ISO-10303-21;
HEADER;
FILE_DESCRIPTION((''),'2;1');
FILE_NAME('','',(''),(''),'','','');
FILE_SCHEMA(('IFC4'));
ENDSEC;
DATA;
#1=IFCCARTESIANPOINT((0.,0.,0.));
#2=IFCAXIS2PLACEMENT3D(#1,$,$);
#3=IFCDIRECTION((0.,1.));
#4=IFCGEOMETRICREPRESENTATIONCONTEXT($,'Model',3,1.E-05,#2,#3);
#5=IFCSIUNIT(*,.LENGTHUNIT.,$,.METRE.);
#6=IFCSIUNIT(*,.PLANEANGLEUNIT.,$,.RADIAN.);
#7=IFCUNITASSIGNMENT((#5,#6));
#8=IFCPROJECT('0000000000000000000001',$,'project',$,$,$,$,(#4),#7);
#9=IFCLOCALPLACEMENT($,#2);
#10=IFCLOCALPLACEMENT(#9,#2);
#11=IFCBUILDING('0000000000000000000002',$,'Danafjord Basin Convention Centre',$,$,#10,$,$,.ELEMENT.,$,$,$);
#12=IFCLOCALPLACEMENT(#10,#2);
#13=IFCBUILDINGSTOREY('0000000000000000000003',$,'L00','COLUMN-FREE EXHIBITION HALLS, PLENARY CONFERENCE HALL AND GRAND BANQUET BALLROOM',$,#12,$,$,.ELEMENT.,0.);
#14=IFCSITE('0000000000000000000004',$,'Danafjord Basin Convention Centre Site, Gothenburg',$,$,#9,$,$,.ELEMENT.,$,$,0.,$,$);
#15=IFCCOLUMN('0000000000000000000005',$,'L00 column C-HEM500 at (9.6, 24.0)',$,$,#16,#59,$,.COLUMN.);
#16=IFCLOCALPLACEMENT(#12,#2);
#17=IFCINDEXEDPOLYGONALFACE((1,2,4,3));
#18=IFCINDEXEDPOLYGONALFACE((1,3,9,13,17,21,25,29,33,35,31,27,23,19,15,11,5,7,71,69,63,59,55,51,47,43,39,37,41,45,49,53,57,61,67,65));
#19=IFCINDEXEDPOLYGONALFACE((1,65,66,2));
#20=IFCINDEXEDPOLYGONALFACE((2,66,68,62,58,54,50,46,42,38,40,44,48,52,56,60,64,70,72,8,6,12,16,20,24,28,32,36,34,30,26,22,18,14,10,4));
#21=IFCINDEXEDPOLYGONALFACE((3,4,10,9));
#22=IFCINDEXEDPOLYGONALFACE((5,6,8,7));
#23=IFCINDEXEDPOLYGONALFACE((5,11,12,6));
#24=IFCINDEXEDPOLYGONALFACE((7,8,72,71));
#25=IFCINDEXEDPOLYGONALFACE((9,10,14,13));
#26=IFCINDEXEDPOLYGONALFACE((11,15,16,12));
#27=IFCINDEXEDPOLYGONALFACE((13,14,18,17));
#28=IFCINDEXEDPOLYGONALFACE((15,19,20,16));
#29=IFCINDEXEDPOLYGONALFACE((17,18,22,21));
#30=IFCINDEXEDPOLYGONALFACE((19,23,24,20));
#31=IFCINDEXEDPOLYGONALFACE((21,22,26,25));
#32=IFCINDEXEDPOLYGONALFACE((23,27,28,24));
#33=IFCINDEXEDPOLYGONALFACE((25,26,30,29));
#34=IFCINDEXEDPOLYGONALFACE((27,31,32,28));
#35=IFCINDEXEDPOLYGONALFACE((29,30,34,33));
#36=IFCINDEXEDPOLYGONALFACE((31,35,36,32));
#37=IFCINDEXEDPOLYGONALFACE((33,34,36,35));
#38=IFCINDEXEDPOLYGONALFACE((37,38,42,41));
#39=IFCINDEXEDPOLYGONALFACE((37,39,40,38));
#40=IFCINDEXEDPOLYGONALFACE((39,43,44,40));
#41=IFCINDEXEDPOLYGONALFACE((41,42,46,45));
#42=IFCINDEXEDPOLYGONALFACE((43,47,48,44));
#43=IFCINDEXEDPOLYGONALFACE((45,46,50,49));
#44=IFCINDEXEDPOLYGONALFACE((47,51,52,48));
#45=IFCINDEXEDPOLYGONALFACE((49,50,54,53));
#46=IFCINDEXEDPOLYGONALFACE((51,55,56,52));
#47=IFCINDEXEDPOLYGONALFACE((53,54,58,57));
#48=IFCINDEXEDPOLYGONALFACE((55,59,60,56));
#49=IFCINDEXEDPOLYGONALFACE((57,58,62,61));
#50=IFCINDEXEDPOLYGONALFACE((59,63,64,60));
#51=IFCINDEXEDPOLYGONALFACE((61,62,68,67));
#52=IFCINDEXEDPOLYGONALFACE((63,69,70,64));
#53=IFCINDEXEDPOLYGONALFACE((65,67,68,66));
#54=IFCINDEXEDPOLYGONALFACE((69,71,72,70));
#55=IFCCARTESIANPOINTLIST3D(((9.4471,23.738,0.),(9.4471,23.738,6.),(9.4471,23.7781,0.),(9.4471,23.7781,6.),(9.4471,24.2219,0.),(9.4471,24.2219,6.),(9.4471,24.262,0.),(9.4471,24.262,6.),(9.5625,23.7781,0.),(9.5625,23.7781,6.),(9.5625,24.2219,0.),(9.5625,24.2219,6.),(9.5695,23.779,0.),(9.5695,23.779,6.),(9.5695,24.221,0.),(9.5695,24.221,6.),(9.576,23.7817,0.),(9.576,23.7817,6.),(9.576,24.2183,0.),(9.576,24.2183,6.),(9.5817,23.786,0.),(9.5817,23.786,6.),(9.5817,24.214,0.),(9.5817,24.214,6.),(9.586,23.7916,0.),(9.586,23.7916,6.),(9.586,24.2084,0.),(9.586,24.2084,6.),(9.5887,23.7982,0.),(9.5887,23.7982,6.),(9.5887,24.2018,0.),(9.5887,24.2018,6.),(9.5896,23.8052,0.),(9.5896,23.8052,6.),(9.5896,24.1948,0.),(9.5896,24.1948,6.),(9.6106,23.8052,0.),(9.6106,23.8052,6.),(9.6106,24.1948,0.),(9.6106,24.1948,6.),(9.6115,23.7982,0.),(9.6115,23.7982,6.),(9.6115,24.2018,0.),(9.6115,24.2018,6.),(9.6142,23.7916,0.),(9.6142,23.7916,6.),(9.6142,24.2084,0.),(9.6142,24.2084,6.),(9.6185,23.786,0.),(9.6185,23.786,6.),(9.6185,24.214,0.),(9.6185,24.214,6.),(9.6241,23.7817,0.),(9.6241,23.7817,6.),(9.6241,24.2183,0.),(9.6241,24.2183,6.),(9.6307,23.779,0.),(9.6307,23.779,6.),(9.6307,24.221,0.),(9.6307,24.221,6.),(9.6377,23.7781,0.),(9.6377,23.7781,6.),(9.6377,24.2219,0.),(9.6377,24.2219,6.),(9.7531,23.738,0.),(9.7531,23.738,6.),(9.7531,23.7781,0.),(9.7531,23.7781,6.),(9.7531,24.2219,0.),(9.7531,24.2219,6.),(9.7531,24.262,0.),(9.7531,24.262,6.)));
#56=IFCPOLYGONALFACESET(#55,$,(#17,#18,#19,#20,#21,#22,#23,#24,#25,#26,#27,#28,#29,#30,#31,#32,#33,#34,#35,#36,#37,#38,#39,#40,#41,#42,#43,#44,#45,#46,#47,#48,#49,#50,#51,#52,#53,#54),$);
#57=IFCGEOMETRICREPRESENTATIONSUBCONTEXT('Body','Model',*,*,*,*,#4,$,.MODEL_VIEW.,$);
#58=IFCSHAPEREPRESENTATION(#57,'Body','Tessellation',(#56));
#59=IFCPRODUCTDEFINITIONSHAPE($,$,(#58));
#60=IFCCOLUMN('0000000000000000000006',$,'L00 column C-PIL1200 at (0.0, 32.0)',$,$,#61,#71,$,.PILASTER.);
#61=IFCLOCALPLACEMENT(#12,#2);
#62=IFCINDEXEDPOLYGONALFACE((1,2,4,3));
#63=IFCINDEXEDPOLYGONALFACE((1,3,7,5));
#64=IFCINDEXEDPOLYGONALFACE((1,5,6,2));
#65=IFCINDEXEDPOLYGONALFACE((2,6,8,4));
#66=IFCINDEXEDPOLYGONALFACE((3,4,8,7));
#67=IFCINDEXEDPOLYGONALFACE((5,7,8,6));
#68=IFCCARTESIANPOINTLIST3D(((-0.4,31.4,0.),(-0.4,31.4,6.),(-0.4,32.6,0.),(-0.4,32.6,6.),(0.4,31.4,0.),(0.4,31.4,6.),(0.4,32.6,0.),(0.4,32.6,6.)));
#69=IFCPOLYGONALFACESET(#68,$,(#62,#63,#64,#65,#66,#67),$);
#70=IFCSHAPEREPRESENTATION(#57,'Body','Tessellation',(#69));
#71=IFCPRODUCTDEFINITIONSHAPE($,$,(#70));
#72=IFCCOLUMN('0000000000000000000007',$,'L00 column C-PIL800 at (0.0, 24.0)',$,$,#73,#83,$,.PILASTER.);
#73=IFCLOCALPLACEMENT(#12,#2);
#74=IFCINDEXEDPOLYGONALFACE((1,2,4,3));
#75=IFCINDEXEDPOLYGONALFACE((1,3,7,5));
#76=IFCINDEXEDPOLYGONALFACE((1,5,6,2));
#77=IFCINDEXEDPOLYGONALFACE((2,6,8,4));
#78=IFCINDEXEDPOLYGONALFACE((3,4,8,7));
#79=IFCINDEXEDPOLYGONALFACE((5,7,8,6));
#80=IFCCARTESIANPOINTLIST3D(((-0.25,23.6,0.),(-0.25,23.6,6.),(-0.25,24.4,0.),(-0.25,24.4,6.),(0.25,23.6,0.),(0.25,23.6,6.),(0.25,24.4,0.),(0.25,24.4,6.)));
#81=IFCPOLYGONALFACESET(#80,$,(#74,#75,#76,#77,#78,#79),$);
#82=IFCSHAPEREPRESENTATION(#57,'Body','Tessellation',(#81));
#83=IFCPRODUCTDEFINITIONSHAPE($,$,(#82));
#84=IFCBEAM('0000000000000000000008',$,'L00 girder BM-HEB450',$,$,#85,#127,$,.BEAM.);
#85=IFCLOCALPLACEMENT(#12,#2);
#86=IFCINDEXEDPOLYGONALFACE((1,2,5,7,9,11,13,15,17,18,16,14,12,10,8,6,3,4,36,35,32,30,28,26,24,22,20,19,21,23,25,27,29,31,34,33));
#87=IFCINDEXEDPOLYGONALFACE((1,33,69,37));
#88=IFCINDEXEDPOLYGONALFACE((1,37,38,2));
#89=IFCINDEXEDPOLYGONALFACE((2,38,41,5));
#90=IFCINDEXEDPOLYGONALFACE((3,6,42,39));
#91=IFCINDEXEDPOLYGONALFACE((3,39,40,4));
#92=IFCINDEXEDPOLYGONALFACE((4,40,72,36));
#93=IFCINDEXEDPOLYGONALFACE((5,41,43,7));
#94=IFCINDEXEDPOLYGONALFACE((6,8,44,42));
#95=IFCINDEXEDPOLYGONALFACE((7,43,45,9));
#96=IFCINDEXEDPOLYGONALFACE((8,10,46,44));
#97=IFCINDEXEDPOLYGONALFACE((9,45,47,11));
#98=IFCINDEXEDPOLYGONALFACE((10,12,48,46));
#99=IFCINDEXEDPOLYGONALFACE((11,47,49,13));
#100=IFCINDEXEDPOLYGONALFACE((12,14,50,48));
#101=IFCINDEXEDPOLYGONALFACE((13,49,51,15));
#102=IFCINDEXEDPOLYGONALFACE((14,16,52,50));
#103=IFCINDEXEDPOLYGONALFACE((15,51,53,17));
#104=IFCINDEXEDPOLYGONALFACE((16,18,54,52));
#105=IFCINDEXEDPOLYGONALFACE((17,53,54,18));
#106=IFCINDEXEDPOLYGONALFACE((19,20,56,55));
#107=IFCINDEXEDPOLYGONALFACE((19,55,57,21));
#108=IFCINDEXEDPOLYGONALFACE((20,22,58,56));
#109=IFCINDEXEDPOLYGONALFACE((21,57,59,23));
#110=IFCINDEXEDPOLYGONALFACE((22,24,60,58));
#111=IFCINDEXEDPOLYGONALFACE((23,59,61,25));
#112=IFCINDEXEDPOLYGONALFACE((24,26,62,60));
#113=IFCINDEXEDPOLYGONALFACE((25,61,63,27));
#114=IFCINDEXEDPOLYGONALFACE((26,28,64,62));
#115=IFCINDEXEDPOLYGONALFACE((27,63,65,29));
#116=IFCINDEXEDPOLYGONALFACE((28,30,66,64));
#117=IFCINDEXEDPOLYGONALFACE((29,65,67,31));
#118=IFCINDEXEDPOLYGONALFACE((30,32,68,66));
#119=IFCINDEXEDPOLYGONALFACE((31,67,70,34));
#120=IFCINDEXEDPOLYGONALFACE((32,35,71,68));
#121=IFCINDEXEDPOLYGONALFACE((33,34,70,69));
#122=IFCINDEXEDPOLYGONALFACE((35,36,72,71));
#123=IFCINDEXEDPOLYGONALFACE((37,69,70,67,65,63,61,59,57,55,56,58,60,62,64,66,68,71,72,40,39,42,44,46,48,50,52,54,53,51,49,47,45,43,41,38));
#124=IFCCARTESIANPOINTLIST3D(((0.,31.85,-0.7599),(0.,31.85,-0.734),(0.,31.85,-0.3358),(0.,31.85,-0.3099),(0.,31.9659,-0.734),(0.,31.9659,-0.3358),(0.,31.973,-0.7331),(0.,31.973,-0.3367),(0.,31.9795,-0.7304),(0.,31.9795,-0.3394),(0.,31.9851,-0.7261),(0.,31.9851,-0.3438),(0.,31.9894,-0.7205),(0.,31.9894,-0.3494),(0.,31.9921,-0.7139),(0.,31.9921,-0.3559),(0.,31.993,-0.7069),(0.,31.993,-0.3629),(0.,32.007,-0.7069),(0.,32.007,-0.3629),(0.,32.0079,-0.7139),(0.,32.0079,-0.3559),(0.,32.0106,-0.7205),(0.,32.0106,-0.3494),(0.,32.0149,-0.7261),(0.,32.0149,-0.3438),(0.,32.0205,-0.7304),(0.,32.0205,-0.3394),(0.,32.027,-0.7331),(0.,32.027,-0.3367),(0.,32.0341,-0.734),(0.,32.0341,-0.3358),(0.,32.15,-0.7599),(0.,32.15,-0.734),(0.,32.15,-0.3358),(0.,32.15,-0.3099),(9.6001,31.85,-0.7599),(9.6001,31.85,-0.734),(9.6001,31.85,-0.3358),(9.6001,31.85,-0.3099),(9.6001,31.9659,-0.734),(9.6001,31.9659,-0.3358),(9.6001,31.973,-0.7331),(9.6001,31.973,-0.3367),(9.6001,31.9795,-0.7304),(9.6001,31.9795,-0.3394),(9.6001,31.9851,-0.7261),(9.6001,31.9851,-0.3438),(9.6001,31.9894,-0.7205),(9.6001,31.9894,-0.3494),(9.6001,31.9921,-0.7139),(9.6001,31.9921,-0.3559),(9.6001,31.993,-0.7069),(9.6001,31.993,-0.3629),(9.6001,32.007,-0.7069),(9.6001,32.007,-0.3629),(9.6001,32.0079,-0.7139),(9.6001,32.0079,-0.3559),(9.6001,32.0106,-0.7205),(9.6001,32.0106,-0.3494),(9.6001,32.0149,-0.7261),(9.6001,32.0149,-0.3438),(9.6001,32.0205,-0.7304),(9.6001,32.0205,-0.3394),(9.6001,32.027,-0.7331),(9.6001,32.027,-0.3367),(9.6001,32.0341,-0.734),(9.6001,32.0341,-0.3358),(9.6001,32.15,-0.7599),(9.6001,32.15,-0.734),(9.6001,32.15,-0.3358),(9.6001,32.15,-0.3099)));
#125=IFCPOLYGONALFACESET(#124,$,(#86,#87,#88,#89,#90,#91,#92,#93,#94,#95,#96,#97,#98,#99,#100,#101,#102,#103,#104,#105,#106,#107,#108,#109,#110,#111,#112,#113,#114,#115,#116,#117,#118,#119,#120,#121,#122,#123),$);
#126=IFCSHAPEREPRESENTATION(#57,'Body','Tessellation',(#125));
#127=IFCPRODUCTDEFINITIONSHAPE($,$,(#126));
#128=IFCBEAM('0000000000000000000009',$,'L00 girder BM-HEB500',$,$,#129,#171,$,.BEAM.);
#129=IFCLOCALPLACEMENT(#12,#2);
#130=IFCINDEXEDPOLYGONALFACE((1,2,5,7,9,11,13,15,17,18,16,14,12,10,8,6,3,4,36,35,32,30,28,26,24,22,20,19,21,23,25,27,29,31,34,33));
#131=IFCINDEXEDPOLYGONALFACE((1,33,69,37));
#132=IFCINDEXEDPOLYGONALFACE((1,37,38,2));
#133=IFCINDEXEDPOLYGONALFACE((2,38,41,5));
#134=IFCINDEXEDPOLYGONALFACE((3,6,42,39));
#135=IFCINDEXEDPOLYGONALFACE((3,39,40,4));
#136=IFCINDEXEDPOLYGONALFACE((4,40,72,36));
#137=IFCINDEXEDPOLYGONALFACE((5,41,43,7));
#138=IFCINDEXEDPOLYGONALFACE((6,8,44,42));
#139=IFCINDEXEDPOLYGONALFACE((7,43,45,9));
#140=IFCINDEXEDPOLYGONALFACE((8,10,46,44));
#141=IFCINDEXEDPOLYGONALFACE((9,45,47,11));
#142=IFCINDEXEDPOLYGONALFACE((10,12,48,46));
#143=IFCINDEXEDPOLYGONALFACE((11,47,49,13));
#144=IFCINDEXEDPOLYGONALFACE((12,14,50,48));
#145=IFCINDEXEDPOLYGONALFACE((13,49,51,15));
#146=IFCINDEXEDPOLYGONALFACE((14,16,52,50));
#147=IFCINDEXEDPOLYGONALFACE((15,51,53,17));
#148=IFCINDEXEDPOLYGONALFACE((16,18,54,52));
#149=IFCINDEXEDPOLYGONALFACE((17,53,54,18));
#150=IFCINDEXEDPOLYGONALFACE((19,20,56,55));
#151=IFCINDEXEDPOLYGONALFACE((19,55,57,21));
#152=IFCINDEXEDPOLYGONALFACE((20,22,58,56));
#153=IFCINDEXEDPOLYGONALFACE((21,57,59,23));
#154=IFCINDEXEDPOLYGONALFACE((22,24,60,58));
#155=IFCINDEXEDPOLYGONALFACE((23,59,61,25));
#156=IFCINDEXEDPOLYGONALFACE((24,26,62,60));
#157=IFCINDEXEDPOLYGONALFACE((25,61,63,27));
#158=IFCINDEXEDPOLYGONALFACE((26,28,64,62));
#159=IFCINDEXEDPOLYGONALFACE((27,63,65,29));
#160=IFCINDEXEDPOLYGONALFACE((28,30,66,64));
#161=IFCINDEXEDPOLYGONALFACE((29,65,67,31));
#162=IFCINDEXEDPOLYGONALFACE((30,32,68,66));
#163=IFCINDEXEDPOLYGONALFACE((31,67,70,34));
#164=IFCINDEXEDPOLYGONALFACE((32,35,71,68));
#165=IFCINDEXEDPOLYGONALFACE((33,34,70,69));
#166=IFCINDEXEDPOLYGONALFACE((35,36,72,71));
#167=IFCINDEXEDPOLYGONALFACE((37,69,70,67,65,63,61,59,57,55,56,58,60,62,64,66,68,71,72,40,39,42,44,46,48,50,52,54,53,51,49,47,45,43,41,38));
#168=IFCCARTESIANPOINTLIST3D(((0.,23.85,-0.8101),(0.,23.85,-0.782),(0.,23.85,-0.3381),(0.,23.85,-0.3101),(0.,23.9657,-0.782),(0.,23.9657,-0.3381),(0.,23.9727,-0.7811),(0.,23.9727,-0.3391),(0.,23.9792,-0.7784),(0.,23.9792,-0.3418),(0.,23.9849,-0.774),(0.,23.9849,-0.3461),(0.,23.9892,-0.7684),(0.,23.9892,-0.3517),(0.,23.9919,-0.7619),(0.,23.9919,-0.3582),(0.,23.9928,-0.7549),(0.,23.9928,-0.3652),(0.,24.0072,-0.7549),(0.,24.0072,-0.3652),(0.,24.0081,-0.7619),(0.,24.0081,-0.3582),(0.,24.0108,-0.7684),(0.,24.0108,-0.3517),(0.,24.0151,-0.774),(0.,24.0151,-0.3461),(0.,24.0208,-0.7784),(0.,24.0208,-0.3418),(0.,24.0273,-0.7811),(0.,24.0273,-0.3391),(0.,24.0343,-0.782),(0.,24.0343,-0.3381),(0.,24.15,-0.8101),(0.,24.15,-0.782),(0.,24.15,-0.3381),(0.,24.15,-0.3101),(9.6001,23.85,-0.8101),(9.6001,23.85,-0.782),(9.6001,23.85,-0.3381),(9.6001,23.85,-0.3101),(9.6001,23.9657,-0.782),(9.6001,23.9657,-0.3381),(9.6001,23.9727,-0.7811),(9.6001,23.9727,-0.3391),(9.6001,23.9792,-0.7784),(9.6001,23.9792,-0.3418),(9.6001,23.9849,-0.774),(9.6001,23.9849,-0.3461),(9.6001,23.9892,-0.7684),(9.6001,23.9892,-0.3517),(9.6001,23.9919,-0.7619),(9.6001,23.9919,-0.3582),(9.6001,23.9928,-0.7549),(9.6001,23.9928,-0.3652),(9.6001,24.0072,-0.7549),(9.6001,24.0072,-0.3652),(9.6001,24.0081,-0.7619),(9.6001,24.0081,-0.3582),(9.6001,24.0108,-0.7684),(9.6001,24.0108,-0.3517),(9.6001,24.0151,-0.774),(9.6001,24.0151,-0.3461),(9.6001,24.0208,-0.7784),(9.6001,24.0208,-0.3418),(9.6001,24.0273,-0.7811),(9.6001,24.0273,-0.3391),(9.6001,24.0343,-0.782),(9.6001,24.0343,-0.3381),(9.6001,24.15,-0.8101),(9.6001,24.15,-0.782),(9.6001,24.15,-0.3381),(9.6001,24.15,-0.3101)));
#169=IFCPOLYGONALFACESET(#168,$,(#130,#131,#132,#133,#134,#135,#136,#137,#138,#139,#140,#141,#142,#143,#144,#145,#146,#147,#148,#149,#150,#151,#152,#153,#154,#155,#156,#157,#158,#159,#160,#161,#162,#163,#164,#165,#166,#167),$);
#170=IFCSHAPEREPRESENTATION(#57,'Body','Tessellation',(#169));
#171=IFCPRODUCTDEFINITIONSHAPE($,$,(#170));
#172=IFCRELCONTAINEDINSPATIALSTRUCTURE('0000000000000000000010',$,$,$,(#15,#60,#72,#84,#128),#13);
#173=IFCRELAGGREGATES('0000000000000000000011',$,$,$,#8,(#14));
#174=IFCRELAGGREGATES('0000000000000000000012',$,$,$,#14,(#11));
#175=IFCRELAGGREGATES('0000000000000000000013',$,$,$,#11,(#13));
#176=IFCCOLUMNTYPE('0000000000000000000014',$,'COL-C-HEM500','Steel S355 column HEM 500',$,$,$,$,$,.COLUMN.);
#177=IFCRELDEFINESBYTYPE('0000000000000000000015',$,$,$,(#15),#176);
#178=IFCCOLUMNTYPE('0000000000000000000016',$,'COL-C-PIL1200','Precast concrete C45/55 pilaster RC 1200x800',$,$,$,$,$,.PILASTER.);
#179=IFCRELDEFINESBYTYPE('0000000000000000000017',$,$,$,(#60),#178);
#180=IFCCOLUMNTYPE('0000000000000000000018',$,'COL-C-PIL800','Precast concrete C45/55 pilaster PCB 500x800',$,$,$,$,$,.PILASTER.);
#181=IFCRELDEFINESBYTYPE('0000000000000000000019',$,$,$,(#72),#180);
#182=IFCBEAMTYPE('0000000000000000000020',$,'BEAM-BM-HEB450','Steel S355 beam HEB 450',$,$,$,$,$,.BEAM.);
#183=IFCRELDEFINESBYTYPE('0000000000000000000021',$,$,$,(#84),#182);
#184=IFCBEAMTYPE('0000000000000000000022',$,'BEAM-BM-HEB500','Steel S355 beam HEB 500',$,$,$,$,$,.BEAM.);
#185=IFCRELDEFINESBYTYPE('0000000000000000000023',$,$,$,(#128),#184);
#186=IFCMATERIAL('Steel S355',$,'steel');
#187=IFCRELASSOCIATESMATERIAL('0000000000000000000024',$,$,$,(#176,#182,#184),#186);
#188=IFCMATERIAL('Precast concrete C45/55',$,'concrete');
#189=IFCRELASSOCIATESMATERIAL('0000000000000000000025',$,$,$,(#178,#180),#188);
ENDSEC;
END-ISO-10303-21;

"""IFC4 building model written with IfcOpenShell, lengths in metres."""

from ifc_helpers import new_model, si_unit, direction, frame, origin, origin_2d, place, context, subcontext, project, spatial, rectangle, i_section, extrude, material, material_profile, profile_set, type_object, element, save


model = new_model("IFC4")

# Units and contexts
model_context = context("Model", 3, precision=1e-05, world=origin(), true_north=direction((0.0, 1.0)))
body_context = subcontext(model_context, "Body", "Model", "MODEL_VIEW")
ifc_project = project(units=[si_unit("LENGTHUNIT", "METRE"), si_unit("PLANEANGLEUNIT", "RADIAN")], contexts=[model_context])

# Site, building, storey
site_placement = place(None, origin())
site = spatial("IfcSite", under=ifc_project, at=site_placement, Name="Danafjord Basin Convention Centre Site, Gothenburg", CompositionType="ELEMENT", RefElevation=0.0)
building_placement = place(site_placement, origin())
building = spatial("IfcBuilding", under=site, at=building_placement, Name="Danafjord Basin Convention Centre", CompositionType="ELEMENT")
storey_placement = place(building_placement, origin())
storey = spatial("IfcBuildingStorey", under=building, at=storey_placement, Name="L00", Description="COLUMN-FREE EXHIBITION HALLS, PLENARY CONFERENCE HALL AND GRAND BANQUET BALLROOM", CompositionType="ELEMENT", Elevation=0.0)

# Columns
ifc_material_1 = material(Name="Steel S355", Category="steel")
ifc_material_profile_1 = material_profile(ifc_material_1, i_section(OverallWidth=0.3059, OverallDepth=0.5239, WebThickness=0.021, FlangeThickness=0.04, FilletRadius=0.0271, at=origin_2d()), Name="HEM 500")
ifc_profile_set_1 = profile_set([ifc_material_profile_1], Name="Steel S355")
column_type_1 = type_object("IfcColumnType", Name="COL-C-HEM500", Description="Steel S355 column HEM 500", PredefinedType="COLUMN", material=ifc_profile_set_1)
column_1_placement = place(storey_placement, frame((9.6001, 24.0, 0.0), z_axis=(0.0, 0.0, 1.0), x_axis=(1.0, 0.0, 0.0)))
element("IfcColumn", 1, at=column_1_placement, inside=storey, type_object=column_type_1, Name="L00 column C-HEM500 at (9.6, 24.0)", PredefinedType="COLUMN", context=body_context, shape_type="SweptSolid", body=[
    extrude(i_section(OverallWidth=0.3059, OverallDepth=0.5239, WebThickness=0.021, FlangeThickness=0.04, FilletRadius=0.0271, at=origin_2d()), origin(), (0.0, 0.0, 1.0), 6.0),
])
ifc_material_2 = material(Name="Precast concrete C45/55", Category="concrete")
ifc_material_profile_2 = material_profile(ifc_material_2, rectangle(XDim=0.8, YDim=1.2, at=origin_2d()), Name="RC 1200x800")
ifc_profile_set_2 = profile_set([ifc_material_profile_2], Name="Precast concrete C45/55")
column_type_2 = type_object("IfcColumnType", Name="COL-C-PIL1200", Description="Precast concrete C45/55 pilaster RC 1200x800", PredefinedType="PILASTER", material=ifc_profile_set_2)
column_2_placement = place(storey_placement, frame((0.0, 32.0, 0.0), z_axis=(0.0, 0.0, 1.0), x_axis=(1.0, 0.0, 0.0)))
element("IfcColumn", 2, at=column_2_placement, inside=storey, type_object=column_type_2, Name="L00 column C-PIL1200 at (0.0, 32.0)", PredefinedType="PILASTER", context=body_context, shape_type="SweptSolid", body=[
    extrude(rectangle(XDim=0.8, YDim=1.2, at=origin_2d()), origin(), (0.0, 0.0, 1.0), 6.0),
])
ifc_material_profile_3 = material_profile(ifc_material_2, rectangle(XDim=0.5, YDim=0.8, at=origin_2d()), Name="PCB 500x800")
ifc_profile_set_3 = profile_set([ifc_material_profile_3], Name="Precast concrete C45/55")
column_type_3 = type_object("IfcColumnType", Name="COL-C-PIL800", Description="Precast concrete C45/55 pilaster PCB 500x800", PredefinedType="PILASTER", material=ifc_profile_set_3)
column_3_placement = place(storey_placement, frame((0.0, 24.0, 0.0), z_axis=(0.0, 0.0, 1.0), x_axis=(1.0, 0.0, 0.0)))
element("IfcColumn", 3, at=column_3_placement, inside=storey, type_object=column_type_3, Name="L00 column C-PIL800 at (0.0, 24.0)", PredefinedType="PILASTER", context=body_context, shape_type="SweptSolid", body=[
    extrude(rectangle(XDim=0.5, YDim=0.8, at=origin_2d()), origin(), (0.0, 0.0, 1.0), 6.0),
])

# Beams
ifc_material_profile_4 = material_profile(ifc_material_1, i_section(OverallWidth=0.3, OverallDepth=0.45, WebThickness=0.0139, FlangeThickness=0.0259, FilletRadius=0.0271, at=origin_2d()), Name="HEB 450")
ifc_profile_set_4 = profile_set([ifc_material_profile_4], Name="Steel S355")
beam_type_1 = type_object("IfcBeamType", Name="BEAM-BM-HEB450", Description="Steel S355 beam HEB 450", PredefinedType="BEAM", material=ifc_profile_set_4)
beam_1_placement = place(storey_placement, frame((0.0, 32.0, -0.5349), z_axis=(1.0, 0.0, 0.0), x_axis=(0.0, 1.0, 0.0)))
element("IfcBeam", 4, at=beam_1_placement, inside=storey, type_object=beam_type_1, Name="L00 girder BM-HEB450", PredefinedType="BEAM", context=body_context, shape_type="SweptSolid", body=[
    extrude(i_section(OverallWidth=0.3, OverallDepth=0.45, WebThickness=0.0139, FlangeThickness=0.0259, FilletRadius=0.0271, at=origin_2d()), origin(), (0.0, 0.0, 1.0), 9.6001),
])
ifc_material_profile_5 = material_profile(ifc_material_1, i_section(OverallWidth=0.3, OverallDepth=0.5, WebThickness=0.0144, FlangeThickness=0.0281, FilletRadius=0.0271, at=origin_2d()), Name="HEB 500")
ifc_profile_set_5 = profile_set([ifc_material_profile_5], Name="Steel S355")
beam_type_2 = type_object("IfcBeamType", Name="BEAM-BM-HEB500", Description="Steel S355 beam HEB 500", PredefinedType="BEAM", material=ifc_profile_set_5)
beam_2_placement = place(storey_placement, frame((0.0, 24.0, -0.5601), z_axis=(1.0, 0.0, 0.0), x_axis=(0.0, 1.0, 0.0)))
element("IfcBeam", 5, at=beam_2_placement, inside=storey, type_object=beam_type_2, Name="L00 girder BM-HEB500", PredefinedType="BEAM", context=body_context, shape_type="SweptSolid", body=[
    extrude(i_section(OverallWidth=0.3, OverallDepth=0.5, WebThickness=0.0144, FlangeThickness=0.0281, FilletRadius=0.0271, at=origin_2d()), origin(), (0.0, 0.0, 1.0), 9.6001),
])

save(model, "model.ifc")
